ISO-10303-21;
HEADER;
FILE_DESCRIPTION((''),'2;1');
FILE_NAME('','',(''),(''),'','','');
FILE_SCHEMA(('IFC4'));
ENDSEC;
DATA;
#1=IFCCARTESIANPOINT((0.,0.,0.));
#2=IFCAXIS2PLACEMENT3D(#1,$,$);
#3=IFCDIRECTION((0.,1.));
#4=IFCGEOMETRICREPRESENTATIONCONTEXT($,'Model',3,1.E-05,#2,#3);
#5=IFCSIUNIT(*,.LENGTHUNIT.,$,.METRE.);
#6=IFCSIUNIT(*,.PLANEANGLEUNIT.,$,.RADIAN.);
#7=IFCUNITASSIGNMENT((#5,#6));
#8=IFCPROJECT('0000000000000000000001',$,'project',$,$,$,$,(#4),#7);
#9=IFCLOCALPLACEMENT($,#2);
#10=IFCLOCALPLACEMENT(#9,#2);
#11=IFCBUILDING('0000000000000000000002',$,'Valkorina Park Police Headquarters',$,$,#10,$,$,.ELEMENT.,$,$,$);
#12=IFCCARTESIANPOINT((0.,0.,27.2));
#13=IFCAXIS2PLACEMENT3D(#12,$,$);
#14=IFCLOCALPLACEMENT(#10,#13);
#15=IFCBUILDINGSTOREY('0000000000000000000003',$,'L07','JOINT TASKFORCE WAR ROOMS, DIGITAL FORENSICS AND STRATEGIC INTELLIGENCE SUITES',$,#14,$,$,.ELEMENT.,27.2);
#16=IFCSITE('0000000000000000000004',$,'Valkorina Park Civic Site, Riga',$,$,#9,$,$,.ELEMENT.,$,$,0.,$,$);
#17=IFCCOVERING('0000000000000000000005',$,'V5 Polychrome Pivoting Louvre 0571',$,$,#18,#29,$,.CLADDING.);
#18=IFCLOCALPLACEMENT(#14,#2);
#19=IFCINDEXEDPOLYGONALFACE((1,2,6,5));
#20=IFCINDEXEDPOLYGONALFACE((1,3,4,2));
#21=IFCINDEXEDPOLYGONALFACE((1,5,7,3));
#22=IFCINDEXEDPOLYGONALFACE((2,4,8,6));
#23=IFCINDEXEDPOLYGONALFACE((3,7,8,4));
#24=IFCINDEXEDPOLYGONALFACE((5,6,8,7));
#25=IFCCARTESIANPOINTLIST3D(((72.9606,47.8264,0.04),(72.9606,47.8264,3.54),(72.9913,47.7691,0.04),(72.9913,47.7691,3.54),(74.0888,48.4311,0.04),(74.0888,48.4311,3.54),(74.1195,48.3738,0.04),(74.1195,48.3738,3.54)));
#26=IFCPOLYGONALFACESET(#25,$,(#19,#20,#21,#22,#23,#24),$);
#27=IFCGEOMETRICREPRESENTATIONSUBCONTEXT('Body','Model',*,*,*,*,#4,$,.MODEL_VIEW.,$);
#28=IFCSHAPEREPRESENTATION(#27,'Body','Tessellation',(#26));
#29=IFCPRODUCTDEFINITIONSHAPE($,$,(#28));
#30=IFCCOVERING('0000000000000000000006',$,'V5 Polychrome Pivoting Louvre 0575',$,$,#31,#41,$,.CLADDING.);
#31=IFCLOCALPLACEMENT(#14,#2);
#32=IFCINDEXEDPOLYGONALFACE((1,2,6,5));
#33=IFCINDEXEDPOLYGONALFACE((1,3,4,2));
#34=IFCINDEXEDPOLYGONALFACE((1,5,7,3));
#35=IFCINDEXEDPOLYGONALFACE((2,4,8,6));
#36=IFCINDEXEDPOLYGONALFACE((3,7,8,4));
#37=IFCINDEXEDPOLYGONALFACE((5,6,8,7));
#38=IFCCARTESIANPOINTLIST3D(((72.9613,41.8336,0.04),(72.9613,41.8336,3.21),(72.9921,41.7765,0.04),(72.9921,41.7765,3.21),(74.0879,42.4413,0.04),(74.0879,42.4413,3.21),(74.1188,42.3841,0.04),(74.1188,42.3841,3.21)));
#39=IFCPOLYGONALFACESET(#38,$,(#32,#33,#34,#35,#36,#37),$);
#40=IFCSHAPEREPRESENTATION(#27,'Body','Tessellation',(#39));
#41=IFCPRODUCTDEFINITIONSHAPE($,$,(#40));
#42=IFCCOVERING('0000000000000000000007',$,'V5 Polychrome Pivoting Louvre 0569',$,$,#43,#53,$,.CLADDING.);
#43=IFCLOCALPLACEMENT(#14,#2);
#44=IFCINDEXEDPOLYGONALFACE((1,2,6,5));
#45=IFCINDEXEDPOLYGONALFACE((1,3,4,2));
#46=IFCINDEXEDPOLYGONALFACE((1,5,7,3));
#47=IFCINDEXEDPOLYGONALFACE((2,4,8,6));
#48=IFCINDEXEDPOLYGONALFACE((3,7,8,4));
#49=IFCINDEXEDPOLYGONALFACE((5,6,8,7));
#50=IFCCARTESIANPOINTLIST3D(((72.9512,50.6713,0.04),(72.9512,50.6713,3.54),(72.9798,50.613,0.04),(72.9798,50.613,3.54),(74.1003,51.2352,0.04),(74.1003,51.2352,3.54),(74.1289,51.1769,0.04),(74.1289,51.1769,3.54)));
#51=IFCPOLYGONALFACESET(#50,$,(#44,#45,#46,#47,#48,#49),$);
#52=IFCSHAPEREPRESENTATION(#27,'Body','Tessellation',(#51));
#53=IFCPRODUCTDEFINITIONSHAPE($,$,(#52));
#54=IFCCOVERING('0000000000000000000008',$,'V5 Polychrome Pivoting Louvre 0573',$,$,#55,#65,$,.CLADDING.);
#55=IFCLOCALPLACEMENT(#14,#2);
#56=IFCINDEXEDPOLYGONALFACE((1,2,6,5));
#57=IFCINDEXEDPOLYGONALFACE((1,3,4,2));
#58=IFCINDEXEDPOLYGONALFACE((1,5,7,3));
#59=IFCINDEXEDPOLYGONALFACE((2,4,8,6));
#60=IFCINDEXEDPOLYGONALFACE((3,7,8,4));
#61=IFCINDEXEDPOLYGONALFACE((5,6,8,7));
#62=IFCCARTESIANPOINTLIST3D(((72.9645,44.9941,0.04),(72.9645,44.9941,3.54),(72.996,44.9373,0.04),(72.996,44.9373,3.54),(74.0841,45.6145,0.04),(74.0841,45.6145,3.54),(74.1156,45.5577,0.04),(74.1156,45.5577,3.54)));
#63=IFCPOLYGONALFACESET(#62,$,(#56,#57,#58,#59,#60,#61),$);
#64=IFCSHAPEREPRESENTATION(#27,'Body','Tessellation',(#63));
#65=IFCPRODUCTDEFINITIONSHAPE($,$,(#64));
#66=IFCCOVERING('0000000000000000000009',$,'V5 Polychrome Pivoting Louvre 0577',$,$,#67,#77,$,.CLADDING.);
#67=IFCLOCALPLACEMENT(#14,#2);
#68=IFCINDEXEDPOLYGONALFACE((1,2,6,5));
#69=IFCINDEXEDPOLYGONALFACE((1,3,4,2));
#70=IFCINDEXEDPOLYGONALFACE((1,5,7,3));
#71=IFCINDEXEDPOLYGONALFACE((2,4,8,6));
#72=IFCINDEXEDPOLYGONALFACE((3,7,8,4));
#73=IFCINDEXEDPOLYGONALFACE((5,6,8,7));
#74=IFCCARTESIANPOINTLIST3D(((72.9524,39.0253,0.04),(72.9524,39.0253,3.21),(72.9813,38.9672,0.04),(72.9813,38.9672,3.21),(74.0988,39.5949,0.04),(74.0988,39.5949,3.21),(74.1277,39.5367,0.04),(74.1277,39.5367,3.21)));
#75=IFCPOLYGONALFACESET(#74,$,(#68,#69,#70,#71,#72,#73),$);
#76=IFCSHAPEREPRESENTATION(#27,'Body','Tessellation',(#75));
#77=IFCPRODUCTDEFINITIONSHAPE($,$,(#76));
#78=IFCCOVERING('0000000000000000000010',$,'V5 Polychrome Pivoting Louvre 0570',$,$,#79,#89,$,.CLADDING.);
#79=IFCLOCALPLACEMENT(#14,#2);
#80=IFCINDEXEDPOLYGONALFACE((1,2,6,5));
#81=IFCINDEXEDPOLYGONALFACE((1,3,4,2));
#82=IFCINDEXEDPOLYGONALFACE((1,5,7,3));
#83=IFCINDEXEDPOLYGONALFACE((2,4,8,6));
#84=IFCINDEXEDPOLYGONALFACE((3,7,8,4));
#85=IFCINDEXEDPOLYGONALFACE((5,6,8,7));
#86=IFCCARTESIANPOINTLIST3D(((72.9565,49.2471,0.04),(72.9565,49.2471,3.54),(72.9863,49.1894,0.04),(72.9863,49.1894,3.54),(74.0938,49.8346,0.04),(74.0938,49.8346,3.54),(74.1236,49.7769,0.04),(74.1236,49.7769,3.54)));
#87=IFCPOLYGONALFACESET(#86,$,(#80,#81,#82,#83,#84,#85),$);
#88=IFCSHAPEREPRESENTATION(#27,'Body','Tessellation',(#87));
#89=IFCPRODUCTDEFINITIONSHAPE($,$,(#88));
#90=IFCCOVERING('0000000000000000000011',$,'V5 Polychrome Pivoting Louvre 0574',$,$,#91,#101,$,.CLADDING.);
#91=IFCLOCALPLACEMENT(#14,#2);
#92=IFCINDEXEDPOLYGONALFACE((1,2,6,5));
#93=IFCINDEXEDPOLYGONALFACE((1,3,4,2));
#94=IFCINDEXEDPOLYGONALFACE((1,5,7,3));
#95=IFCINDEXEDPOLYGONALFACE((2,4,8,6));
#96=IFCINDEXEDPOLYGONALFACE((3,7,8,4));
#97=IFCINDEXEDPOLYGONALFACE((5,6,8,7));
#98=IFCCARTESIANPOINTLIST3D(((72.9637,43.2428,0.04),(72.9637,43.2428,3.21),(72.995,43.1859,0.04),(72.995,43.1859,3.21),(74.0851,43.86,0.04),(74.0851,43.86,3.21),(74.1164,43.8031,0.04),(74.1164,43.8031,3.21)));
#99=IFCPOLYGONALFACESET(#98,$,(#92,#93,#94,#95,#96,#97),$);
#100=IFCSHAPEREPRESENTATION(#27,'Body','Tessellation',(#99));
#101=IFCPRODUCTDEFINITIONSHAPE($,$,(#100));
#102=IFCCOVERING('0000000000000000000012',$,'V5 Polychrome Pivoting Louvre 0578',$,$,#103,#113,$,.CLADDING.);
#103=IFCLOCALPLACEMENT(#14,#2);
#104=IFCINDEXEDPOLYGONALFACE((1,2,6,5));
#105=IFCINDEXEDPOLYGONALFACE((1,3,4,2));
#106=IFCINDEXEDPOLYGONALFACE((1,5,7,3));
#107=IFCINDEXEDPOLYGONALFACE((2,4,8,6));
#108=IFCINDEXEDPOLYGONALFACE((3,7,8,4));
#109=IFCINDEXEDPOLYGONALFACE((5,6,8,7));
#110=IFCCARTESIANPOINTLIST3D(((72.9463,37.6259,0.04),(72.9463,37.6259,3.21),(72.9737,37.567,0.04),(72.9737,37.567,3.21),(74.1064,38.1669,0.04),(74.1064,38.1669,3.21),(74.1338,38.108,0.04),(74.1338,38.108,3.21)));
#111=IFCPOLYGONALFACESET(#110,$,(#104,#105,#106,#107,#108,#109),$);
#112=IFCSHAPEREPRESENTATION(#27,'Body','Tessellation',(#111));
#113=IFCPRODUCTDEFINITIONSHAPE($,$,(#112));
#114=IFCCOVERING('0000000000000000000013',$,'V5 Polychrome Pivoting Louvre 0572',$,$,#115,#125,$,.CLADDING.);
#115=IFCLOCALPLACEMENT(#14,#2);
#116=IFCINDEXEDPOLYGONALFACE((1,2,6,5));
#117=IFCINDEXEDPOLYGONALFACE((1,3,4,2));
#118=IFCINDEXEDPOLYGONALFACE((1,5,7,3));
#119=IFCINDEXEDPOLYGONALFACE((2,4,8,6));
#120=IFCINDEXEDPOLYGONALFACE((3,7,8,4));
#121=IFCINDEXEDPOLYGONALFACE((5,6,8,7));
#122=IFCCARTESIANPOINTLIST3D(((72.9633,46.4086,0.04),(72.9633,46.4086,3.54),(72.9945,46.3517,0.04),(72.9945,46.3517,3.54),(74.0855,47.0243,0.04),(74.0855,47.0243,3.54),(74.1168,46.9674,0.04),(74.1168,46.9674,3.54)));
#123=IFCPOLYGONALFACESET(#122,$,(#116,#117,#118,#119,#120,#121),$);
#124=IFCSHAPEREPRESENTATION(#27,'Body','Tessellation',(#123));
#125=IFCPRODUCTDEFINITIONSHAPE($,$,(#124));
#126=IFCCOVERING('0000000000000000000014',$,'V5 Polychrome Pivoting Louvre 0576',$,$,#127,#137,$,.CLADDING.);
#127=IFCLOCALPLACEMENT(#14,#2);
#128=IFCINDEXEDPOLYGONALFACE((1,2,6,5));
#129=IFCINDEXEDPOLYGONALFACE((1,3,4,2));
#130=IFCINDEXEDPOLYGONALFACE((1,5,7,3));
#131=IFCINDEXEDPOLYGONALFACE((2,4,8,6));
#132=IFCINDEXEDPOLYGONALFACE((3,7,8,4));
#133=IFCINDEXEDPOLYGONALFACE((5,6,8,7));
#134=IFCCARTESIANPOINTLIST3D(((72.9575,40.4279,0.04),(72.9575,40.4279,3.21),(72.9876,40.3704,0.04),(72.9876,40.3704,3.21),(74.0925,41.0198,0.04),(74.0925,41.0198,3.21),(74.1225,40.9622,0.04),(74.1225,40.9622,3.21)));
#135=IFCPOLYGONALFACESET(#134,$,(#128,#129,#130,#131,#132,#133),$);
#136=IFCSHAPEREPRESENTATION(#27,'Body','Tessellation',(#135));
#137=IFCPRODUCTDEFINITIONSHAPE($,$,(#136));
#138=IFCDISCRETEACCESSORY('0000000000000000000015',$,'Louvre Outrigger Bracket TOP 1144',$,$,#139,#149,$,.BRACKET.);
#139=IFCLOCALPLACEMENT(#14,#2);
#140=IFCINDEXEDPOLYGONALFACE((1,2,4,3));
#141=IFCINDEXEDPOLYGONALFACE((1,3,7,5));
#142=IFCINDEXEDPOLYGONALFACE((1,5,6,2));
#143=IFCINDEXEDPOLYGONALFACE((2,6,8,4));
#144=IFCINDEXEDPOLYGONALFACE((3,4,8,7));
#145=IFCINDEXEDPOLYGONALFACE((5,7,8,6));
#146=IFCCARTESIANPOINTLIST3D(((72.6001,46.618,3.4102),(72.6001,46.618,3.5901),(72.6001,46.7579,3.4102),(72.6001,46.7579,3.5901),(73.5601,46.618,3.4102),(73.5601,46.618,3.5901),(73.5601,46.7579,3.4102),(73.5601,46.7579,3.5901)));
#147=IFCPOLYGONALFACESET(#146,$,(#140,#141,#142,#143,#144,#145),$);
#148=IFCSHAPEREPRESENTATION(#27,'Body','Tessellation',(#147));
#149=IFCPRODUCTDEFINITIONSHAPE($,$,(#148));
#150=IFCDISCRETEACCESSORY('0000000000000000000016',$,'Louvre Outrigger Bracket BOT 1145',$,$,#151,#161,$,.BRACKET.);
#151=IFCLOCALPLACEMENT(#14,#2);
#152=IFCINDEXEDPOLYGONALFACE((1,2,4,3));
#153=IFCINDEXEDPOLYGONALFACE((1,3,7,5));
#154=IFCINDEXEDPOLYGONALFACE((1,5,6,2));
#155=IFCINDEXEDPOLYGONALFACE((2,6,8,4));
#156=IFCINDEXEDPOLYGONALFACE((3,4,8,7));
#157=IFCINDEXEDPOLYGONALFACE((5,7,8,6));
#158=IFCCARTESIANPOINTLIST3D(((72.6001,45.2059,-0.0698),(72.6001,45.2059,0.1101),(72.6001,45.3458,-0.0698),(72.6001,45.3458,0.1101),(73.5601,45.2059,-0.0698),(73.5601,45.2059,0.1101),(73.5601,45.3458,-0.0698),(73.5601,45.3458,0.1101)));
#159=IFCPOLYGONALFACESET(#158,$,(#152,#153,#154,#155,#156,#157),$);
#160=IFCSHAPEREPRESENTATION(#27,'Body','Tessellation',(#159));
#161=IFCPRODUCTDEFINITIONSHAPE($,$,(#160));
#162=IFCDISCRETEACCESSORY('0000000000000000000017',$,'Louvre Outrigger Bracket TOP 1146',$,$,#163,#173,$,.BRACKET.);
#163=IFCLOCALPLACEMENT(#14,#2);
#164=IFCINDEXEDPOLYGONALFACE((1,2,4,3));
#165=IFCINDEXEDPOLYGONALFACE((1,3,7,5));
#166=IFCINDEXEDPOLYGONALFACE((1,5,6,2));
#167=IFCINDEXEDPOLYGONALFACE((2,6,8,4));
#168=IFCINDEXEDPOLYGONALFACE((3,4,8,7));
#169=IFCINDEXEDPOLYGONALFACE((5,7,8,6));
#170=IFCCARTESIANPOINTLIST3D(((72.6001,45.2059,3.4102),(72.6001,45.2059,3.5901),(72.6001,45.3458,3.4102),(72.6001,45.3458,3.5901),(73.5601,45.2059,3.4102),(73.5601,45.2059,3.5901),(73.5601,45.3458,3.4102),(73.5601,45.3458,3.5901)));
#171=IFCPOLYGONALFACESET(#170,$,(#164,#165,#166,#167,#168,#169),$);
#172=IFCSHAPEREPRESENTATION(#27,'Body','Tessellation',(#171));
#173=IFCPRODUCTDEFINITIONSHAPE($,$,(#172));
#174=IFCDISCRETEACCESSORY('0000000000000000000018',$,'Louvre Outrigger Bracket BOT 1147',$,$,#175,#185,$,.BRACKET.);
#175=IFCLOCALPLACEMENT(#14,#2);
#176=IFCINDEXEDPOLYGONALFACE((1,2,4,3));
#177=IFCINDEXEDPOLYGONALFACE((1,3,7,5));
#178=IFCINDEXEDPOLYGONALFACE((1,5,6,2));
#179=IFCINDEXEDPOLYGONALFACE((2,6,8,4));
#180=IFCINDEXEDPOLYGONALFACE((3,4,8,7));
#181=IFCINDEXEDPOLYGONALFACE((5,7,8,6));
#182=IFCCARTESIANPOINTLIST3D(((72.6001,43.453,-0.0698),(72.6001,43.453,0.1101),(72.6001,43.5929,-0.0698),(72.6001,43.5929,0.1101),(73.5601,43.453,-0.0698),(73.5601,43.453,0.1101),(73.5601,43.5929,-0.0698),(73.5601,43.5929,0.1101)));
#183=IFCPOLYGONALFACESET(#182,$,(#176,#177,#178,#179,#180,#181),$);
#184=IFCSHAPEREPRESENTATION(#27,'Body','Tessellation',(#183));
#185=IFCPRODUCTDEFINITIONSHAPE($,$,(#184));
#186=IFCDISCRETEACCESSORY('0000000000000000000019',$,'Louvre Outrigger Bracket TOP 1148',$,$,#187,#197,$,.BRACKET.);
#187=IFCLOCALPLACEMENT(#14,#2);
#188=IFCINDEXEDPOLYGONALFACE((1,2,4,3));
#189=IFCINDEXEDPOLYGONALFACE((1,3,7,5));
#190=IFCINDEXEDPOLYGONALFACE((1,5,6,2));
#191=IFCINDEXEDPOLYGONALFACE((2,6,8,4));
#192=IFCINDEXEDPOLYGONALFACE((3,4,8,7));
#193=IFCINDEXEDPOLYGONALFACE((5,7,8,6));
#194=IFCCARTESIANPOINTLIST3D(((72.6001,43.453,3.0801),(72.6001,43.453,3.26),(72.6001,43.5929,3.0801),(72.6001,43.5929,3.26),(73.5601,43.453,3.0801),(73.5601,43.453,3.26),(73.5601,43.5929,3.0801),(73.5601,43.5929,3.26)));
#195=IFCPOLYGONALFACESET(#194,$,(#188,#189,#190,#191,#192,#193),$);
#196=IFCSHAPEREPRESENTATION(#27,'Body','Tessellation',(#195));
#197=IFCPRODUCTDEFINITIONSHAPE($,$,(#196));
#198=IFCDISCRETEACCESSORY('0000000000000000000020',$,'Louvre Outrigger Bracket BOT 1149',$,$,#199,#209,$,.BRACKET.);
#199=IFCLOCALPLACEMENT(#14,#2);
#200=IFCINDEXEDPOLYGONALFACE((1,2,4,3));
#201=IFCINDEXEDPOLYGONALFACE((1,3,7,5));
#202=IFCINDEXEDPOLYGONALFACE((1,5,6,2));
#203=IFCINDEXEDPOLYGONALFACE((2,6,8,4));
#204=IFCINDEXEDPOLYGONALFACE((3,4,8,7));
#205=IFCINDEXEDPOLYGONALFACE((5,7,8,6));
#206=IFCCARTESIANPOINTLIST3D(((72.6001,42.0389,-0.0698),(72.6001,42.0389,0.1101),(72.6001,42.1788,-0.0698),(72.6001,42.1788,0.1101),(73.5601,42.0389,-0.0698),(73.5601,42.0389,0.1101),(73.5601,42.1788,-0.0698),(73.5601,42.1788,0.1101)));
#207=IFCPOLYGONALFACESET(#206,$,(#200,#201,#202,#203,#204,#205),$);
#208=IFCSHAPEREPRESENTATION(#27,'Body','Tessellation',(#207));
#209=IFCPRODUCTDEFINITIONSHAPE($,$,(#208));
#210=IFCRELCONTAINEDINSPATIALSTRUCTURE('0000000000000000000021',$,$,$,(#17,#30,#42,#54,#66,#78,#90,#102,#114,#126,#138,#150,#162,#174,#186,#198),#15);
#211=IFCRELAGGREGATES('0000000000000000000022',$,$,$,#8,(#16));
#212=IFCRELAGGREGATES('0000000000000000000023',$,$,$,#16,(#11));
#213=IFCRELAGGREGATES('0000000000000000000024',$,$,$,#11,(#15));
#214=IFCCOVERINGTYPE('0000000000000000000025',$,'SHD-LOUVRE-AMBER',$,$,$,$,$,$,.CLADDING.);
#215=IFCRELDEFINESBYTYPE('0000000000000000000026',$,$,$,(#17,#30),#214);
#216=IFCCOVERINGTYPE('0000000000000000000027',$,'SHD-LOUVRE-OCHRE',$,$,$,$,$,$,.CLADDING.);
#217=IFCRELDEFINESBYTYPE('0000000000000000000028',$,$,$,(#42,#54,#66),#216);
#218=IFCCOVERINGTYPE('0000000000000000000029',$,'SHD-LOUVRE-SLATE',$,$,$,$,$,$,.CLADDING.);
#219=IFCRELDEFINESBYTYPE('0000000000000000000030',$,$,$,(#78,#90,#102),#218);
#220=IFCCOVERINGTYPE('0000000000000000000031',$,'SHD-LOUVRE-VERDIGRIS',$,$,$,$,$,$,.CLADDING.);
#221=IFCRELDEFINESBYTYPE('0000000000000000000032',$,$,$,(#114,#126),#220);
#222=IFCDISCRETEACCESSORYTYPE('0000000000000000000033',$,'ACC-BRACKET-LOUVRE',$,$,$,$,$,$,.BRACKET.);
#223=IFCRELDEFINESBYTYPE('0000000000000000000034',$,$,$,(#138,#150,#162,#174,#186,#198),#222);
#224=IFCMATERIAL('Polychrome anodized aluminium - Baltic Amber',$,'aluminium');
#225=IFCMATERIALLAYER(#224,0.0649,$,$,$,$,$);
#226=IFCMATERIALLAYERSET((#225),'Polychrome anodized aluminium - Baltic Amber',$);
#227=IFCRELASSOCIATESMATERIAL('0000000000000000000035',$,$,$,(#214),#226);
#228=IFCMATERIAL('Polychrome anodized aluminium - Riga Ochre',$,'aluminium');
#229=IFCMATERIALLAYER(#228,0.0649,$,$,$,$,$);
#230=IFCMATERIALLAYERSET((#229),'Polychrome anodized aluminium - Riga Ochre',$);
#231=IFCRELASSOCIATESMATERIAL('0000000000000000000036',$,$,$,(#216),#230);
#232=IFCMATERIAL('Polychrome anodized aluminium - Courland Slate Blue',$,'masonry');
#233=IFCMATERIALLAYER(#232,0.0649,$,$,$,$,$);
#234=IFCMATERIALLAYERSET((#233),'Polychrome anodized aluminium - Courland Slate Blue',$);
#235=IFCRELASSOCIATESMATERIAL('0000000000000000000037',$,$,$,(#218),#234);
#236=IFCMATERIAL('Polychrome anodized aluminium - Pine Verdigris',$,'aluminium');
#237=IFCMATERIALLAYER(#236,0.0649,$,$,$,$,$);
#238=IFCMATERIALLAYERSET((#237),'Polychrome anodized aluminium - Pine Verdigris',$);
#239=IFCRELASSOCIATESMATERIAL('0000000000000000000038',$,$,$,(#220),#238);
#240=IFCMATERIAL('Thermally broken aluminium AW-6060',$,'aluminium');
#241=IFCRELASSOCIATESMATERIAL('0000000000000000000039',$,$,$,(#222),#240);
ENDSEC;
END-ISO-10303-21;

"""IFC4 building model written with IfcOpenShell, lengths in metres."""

from ifc_helpers import new_model, si_unit, direction, frame, origin, origin_2d, place, context, subcontext, project, spatial, rectangle, extrude, material, layer, layer_set, type_object, element, save


model = new_model("IFC4")

# Units and contexts
model_context = context("Model", 3, precision=1e-05, world=origin(), true_north=direction((0.0, 1.0)))
body_context = subcontext(model_context, "Body", "Model", "MODEL_VIEW")
ifc_project = project(units=[si_unit("LENGTHUNIT", "METRE"), si_unit("PLANEANGLEUNIT", "RADIAN")], contexts=[model_context])

# Site, building, storey
site_placement = place(None, origin())
site = spatial("IfcSite", under=ifc_project, at=site_placement, Name="Valkorina Park Civic Site, Riga", CompositionType="ELEMENT", RefElevation=0.0)
building_placement = place(site_placement, origin())
building = spatial("IfcBuilding", under=site, at=building_placement, Name="Valkorina Park Police Headquarters", CompositionType="ELEMENT")
storey_placement = place(building_placement, frame((0.0, 0.0, 27.2)))
storey = spatial("IfcBuildingStorey", under=building, at=storey_placement, Name="L07", Description="JOINT TASKFORCE WAR ROOMS, DIGITAL FORENSICS AND STRATEGIC INTELLIGENCE SUITES", CompositionType="ELEMENT", Elevation=27.2)

# Coverings
ifc_material_1 = material(Name="Polychrome anodized aluminium - Baltic Amber", Category="aluminium")
ifc_layer_1 = layer(ifc_material_1, 0.0649)
ifc_layer_set_1 = layer_set([ifc_layer_1], Name="Polychrome anodized aluminium - Baltic Amber")
covering_type_1 = type_object("IfcCoveringType", Name="SHD-LOUVRE-AMBER", PredefinedType="CLADDING", material=ifc_layer_set_1)
covering_1_placement = place(storey_placement, frame((73.54, 48.1001, 0.04), z_axis=(0.0, 0.0, 1.0), x_axis=(0.881386, 0.472397, 0.0)))
element("IfcCovering", 1, at=covering_1_placement, inside=storey, type_object=covering_type_1, Name="V5 Polychrome Pivoting Louvre 0571", PredefinedType="CLADDING", context=body_context, shape_type="SweptSolid", body=[
    extrude(rectangle(XDim=1.28, YDim=0.0649, at=origin_2d()), origin(), (0.0, 0.0, 1.0), 3.5),
])
covering_2_placement = place(storey_placement, frame((73.54, 42.1089, 0.04), z_axis=(0.0, 0.0, 1.0), x_axis=(0.880146, 0.474703, 0.0)))
element("IfcCovering", 2, at=covering_2_placement, inside=storey, type_object=covering_type_1, Name="V5 Polychrome Pivoting Louvre 0575", PredefinedType="CLADDING", context=body_context, shape_type="SweptSolid", body=[
    extrude(rectangle(XDim=1.28, YDim=0.0649, at=origin_2d()), origin(), (0.0, 0.0, 1.0), 3.1699),
])
ifc_material_2 = material(Name="Polychrome anodized aluminium - Riga Ochre", Category="aluminium")
ifc_layer_2 = layer(ifc_material_2, 0.0649)
ifc_layer_set_2 = layer_set([ifc_layer_2], Name="Polychrome anodized aluminium - Riga Ochre")
covering_type_2 = type_object("IfcCoveringType", Name="SHD-LOUVRE-OCHRE", PredefinedType="CLADDING", material=ifc_layer_set_2)
for number, where, z_axis, x_axis, name in (
    (3, (73.54, 50.9241, 0.04), (0.0, 0.0, 1.0), (0.89772, 0.440566, 0.0), "V5 Polychrome Pivoting Louvre 0569"),
    (4, (73.54, 45.2759, 0.04), (0.0, 0.0, 1.0), (0.874704, 0.484657, 0.0), "V5 Polychrome Pivoting Louvre 0573"),
):
    element("IfcCovering", number, at=place(storey_placement, frame(where, z_axis=z_axis, x_axis=x_axis)), inside=storey, type_object=covering_type_2, Name=name, PredefinedType="CLADDING", context=body_context, shape_type="SweptSolid", body=[
        extrude(rectangle(XDim=1.28, YDim=0.0649, at=origin_2d()), origin(), (0.0, 0.0, 1.0), 3.5),
    ])
covering_3_placement = place(storey_placement, frame((73.54, 39.281, 0.04), z_axis=(0.0, 0.0, 1.0), x_axis=(0.895556, 0.444948, 0.0)))
element("IfcCovering", 5, at=covering_3_placement, inside=storey, type_object=covering_type_2, Name="V5 Polychrome Pivoting Louvre 0577", PredefinedType="CLADDING", context=body_context, shape_type="SweptSolid", body=[
    extrude(rectangle(XDim=1.28, YDim=0.0649, at=origin_2d()), origin(), (0.0, 0.0, 1.0), 3.1699),
])
ifc_material_3 = material(Name="Polychrome anodized aluminium - Courland Slate Blue", Category="masonry")
ifc_layer_3 = layer(ifc_material_3, 0.0649)
ifc_layer_set_3 = layer_set([ifc_layer_3], Name="Polychrome anodized aluminium - Courland Slate Blue")
covering_type_3 = type_object("IfcCoveringType", Name="SHD-LOUVRE-SLATE", PredefinedType="CLADDING", material=ifc_layer_set_3)
covering_4_placement = place(storey_placement, frame((73.54, 49.512, 0.04), z_axis=(0.0, 0.0, 1.0), x_axis=(0.888457, 0.45896, 0.0)))
element("IfcCovering", 6, at=covering_4_placement, inside=storey, type_object=covering_type_3, Name="V5 Polychrome Pivoting Louvre 0570", PredefinedType="CLADDING", context=body_context, shape_type="SweptSolid", body=[
    extrude(rectangle(XDim=1.28, YDim=0.0649, at=origin_2d()), origin(), (0.0, 0.0, 1.0), 3.5),
])
for number, where, z_axis, x_axis, name in (
    (7, (73.54, 43.5229, 0.04), (0.0, 0.0, 1.0), (0.876054, 0.482212, 0.0), "V5 Polychrome Pivoting Louvre 0574"),
    (8, (73.54, 37.8669, 0.04), (0.0, 0.0, 1.0), (0.906308, 0.422618, 0.0), "V5 Polychrome Pivoting Louvre 0578"),
):
    element("IfcCovering", number, at=place(storey_placement, frame(where, z_axis=z_axis, x_axis=x_axis)), inside=storey, type_object=covering_type_3, Name=name, PredefinedType="CLADDING", context=body_context, shape_type="SweptSolid", body=[
        extrude(rectangle(XDim=1.28, YDim=0.0649, at=origin_2d()), origin(), (0.0, 0.0, 1.0), 3.1699),
    ])
ifc_material_4 = material(Name="Polychrome anodized aluminium - Pine Verdigris", Category="aluminium")
ifc_layer_4 = layer(ifc_material_4, 0.0649)
ifc_layer_set_4 = layer_set([ifc_layer_4], Name="Polychrome anodized aluminium - Pine Verdigris")
covering_type_4 = type_object("IfcCoveringType", Name="SHD-LOUVRE-VERDIGRIS", PredefinedType="CLADDING", material=ifc_layer_set_4)
covering_5_placement = place(storey_placement, frame((73.54, 46.688, 0.04), z_axis=(0.0, 0.0, 1.0), x_axis=(0.876727, 0.480989, 0.0)))
element("IfcCovering", 9, at=covering_5_placement, inside=storey, type_object=covering_type_4, Name="V5 Polychrome Pivoting Louvre 0572", PredefinedType="CLADDING", context=body_context, shape_type="SweptSolid", body=[
    extrude(rectangle(XDim=1.28, YDim=0.0649, at=origin_2d()), origin(), (0.0, 0.0, 1.0), 3.5),
])
covering_6_placement = place(storey_placement, frame((73.54, 40.6951, 0.04), z_axis=(0.0, 0.0, 1.0), x_axis=(0.886688, 0.462368, 0.0)))
element("IfcCovering", 10, at=covering_6_placement, inside=storey, type_object=covering_type_4, Name="V5 Polychrome Pivoting Louvre 0576", PredefinedType="CLADDING", context=body_context, shape_type="SweptSolid", body=[
    extrude(rectangle(XDim=1.28, YDim=0.0649, at=origin_2d()), origin(), (0.0, 0.0, 1.0), 3.1699),
])

# Discrete accessories
ifc_material_5 = material(Name="Thermally broken aluminium AW-6060", Category="aluminium")
discrete_accessory_type = type_object("IfcDiscreteAccessoryType", Name="ACC-BRACKET-LOUVRE", PredefinedType="BRACKET", material=ifc_material_5)
for number, where, z_axis, x_axis, name in (
    (11, (73.0801, 46.688, 3.4102), (0.0, 0.0, 1.0), (1.0, 0.0, 0.0), "Louvre Outrigger Bracket TOP 1144"),
    (12, (73.0801, 45.2759, -0.0698), (0.0, 0.0, 1.0), (1.0, 0.0, 0.0), "Louvre Outrigger Bracket BOT 1145"),
    (13, (73.0801, 45.2759, 3.4102), (0.0, 0.0, 1.0), (1.0, 0.0, 0.0), "Louvre Outrigger Bracket TOP 1146"),
    (14, (73.0801, 43.5229, -0.0698), (0.0, 0.0, 1.0), (1.0, 0.0, 0.0), "Louvre Outrigger Bracket BOT 1147"),
    (15, (73.0801, 43.5229, 3.0801), (0.0, 0.0, 1.0), (1.0, 0.0, 0.0), "Louvre Outrigger Bracket TOP 1148"),
    (16, (73.0801, 42.1089, -0.0698), (0.0, 0.0, 1.0), (1.0, 0.0, 0.0), "Louvre Outrigger Bracket BOT 1149"),
):
    element("IfcDiscreteAccessory", number, at=place(storey_placement, frame(where, z_axis=z_axis, x_axis=x_axis)), inside=storey, type_object=discrete_accessory_type, Name=name, PredefinedType="BRACKET", context=body_context, shape_type="SweptSolid", body=[
        extrude(rectangle(XDim=0.96, YDim=0.1399, at=origin_2d()), origin(), (0.0, 0.0, 1.0), 0.1799),
    ])

save(model, "model.ifc")
